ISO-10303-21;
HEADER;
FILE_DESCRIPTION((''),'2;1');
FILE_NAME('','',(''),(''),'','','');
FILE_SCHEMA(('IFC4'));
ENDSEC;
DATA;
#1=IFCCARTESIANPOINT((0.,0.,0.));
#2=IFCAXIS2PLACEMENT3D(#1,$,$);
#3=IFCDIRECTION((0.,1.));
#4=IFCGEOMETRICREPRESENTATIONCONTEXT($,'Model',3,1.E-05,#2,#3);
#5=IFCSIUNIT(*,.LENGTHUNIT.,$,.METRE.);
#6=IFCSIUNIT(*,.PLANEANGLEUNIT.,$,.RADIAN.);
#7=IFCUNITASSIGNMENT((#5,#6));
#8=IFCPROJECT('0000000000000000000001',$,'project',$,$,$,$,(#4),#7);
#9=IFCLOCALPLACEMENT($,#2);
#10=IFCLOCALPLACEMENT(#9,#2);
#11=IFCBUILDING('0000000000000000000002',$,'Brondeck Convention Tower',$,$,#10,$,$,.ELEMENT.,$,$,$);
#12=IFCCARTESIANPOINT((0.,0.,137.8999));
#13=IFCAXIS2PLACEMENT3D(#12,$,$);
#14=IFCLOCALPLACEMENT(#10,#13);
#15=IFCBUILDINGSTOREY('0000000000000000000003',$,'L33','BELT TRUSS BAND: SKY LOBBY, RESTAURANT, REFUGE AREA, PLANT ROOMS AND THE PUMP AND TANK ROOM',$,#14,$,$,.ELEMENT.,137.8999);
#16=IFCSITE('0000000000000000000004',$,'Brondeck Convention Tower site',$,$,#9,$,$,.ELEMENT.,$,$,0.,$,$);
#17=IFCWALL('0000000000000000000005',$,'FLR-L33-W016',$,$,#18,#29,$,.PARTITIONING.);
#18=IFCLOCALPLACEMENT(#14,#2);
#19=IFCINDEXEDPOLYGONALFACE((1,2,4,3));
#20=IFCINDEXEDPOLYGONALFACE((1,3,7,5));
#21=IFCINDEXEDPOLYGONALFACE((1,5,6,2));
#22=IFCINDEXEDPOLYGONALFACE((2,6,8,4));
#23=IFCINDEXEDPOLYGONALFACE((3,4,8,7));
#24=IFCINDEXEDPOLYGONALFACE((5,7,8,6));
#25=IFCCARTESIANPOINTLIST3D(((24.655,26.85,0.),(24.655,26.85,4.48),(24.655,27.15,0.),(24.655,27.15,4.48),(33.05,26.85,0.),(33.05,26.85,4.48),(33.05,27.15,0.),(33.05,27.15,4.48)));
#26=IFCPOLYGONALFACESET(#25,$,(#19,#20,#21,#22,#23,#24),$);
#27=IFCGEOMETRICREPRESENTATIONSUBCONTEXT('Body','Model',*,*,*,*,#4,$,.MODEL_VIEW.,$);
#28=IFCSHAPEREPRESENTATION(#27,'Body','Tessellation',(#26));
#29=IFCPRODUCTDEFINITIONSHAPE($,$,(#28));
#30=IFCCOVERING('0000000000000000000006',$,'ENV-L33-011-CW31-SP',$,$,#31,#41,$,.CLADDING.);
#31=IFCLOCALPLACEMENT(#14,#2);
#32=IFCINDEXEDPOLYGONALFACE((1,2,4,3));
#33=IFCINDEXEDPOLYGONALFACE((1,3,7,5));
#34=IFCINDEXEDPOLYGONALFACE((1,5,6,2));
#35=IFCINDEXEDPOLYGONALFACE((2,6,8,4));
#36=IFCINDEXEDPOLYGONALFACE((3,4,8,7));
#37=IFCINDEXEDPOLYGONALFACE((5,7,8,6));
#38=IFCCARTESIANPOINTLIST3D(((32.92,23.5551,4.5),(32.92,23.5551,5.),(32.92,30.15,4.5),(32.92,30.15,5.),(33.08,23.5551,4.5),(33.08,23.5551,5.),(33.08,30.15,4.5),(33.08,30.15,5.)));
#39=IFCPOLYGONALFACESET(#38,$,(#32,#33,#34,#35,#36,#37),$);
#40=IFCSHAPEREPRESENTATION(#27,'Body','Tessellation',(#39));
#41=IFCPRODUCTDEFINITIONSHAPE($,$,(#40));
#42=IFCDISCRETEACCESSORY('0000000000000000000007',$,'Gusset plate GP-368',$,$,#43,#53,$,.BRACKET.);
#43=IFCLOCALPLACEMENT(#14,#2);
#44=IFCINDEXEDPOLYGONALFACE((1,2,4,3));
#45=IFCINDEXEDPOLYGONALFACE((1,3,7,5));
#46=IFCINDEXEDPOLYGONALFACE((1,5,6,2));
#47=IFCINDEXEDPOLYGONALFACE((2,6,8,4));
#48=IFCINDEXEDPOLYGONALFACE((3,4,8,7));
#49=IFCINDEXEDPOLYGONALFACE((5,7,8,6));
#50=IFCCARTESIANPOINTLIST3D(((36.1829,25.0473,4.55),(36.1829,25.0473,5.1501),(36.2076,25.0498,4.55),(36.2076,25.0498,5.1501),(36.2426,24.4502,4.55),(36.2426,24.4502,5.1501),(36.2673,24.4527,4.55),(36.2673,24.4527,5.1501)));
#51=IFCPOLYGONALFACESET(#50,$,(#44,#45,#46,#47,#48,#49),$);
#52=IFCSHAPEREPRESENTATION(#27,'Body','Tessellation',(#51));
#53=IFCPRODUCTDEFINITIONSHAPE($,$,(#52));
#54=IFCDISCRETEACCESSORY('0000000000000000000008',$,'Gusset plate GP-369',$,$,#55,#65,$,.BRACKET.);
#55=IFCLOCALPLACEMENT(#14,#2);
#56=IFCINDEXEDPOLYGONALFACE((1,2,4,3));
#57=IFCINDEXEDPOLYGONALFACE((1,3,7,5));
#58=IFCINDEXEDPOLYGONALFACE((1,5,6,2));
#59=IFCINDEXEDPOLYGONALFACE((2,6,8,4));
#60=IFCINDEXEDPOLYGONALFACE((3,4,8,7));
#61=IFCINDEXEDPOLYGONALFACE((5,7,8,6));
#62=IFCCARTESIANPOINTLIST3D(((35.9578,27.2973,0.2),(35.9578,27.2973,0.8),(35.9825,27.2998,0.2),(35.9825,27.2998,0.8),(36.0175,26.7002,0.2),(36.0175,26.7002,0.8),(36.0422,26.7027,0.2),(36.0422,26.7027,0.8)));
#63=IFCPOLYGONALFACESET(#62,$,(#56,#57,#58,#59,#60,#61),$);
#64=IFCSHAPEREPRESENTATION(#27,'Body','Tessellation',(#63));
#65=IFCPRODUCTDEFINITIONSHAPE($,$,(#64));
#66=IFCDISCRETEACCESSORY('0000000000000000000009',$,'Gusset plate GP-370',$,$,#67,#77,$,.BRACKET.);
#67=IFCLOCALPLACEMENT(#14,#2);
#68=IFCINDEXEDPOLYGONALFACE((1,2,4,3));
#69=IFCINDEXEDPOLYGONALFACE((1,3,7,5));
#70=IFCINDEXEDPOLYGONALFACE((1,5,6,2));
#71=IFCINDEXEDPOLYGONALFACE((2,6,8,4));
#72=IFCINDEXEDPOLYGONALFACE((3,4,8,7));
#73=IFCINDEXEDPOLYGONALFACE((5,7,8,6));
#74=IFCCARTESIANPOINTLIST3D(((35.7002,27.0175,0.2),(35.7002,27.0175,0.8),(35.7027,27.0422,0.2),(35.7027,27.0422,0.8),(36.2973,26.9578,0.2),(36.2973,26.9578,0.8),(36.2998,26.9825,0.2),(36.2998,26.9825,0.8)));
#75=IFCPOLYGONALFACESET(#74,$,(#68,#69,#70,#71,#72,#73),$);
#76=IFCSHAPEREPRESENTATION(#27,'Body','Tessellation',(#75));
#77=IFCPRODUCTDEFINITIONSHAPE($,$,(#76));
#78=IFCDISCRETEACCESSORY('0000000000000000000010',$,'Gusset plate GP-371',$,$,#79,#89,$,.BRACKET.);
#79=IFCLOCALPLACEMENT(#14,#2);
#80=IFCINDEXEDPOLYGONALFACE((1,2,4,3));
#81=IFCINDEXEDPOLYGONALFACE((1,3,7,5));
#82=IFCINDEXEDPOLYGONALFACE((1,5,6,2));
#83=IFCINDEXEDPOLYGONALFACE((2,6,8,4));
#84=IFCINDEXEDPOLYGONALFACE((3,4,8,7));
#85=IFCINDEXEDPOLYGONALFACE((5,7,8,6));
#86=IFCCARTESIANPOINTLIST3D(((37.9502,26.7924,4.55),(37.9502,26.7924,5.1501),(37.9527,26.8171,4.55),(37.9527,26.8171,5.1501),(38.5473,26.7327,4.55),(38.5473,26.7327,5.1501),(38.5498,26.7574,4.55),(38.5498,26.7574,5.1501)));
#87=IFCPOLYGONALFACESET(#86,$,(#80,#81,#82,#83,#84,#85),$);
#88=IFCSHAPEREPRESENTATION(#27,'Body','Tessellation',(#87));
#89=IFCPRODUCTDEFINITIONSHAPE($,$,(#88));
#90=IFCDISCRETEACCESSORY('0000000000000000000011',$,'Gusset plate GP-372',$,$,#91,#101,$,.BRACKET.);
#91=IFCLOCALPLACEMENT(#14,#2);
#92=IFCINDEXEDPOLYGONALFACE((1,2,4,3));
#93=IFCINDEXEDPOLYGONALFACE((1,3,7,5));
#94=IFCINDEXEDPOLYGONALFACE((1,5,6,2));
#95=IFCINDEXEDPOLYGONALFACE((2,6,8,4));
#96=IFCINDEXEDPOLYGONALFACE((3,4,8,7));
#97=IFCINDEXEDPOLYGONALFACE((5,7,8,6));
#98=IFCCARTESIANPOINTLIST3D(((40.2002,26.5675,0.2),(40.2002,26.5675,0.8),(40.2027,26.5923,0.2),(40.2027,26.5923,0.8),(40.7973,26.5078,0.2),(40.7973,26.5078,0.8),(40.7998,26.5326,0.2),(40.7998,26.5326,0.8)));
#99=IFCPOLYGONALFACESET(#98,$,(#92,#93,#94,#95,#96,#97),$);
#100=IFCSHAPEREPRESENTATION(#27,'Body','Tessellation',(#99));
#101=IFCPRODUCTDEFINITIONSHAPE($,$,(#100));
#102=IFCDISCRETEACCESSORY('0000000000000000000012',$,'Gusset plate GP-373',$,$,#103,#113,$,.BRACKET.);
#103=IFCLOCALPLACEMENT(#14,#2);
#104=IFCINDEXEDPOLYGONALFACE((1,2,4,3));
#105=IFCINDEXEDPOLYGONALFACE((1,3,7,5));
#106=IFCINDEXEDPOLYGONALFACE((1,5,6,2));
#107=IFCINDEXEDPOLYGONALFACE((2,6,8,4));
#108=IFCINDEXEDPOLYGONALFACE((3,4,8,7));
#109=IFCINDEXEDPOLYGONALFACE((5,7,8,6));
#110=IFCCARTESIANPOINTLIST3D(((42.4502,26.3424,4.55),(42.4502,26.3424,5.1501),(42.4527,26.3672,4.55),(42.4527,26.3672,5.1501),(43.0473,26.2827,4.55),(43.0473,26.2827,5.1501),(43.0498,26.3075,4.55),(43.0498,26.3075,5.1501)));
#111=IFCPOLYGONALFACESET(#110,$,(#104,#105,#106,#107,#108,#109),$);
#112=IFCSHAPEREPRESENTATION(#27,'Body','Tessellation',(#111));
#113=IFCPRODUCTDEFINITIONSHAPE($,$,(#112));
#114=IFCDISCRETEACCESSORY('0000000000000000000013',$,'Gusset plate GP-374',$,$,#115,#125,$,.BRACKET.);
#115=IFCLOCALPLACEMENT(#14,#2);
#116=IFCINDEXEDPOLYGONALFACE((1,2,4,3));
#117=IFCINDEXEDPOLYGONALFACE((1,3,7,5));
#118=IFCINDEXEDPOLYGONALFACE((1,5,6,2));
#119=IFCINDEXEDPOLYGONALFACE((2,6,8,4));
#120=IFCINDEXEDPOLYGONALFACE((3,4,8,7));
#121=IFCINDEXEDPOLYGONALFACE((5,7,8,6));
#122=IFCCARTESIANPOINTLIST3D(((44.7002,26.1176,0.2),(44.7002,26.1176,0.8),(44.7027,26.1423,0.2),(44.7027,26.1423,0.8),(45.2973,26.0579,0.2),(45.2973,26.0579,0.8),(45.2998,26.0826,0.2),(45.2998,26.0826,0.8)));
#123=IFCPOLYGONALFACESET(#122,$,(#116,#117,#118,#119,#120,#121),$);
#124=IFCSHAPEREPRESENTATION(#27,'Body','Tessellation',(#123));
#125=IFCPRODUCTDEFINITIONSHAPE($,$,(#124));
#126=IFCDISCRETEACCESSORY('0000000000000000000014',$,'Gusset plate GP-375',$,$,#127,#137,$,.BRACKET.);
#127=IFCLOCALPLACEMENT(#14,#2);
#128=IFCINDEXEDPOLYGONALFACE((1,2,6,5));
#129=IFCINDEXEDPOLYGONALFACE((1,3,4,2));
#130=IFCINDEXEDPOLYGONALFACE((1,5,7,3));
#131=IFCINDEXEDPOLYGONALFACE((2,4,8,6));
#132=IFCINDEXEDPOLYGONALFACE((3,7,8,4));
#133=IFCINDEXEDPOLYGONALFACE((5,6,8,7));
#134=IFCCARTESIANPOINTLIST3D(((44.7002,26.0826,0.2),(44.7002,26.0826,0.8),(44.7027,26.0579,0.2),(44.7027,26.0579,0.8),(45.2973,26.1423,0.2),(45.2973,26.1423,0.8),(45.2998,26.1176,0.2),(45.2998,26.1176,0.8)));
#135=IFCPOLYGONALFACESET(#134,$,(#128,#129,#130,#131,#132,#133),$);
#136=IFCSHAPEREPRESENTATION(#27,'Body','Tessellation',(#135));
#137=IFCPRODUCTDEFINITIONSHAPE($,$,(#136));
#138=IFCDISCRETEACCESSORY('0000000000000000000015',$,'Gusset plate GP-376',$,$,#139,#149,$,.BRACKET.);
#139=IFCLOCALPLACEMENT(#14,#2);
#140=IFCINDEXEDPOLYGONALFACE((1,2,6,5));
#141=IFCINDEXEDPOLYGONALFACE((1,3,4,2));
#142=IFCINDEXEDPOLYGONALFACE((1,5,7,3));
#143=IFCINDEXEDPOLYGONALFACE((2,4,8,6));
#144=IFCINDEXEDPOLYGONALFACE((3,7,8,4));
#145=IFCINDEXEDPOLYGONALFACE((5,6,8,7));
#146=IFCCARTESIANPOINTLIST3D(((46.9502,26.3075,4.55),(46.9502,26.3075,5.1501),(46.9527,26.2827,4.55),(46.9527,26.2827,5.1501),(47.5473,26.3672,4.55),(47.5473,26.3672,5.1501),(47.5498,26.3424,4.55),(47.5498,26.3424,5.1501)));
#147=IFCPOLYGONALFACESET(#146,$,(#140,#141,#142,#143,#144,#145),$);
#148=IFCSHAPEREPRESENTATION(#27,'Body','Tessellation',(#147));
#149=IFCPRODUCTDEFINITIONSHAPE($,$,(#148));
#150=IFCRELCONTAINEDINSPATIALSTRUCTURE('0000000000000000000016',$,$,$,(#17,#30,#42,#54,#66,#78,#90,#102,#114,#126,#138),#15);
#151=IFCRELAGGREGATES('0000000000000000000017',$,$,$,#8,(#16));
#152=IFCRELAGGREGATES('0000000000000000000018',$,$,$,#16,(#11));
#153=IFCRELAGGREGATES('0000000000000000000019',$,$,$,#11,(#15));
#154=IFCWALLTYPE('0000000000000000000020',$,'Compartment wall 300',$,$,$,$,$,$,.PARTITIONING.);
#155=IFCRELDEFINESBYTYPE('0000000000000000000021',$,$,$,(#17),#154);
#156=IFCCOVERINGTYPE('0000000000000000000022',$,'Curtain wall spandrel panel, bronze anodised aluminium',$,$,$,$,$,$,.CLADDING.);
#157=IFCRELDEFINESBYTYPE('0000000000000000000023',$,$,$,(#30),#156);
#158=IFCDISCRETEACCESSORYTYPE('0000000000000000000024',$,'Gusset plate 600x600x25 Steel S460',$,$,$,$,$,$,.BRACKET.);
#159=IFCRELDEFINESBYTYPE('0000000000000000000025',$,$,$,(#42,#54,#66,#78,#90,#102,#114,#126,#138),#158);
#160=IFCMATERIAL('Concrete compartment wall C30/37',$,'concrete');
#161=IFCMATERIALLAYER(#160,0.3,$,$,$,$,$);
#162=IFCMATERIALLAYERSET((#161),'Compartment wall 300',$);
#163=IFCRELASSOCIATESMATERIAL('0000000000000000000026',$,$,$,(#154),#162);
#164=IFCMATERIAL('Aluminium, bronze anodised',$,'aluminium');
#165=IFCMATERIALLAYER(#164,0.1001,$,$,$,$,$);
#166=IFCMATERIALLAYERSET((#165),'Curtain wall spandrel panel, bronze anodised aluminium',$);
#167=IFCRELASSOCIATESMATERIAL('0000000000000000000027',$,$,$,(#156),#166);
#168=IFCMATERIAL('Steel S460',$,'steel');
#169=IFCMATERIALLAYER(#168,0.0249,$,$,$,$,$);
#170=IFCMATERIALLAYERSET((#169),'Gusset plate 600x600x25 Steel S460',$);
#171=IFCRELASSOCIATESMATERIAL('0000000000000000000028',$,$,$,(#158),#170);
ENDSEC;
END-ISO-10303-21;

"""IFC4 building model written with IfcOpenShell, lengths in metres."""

from ifc_helpers import new_model, si_unit, direction, frame, frame_2d, origin, origin_2d, place, context, subcontext, project, spatial, rectangle, extrude, material, layer, layer_set, type_object, element, save


model = new_model("IFC4")

# Units and contexts
model_context = context("Model", 3, precision=1e-05, world=origin(), true_north=direction((0.0, 1.0)))
body_context = subcontext(model_context, "Body", "Model", "MODEL_VIEW")
ifc_project = project(units=[si_unit("LENGTHUNIT", "METRE"), si_unit("PLANEANGLEUNIT", "RADIAN")], contexts=[model_context])

# Site, building, storey
site_placement = place(None, origin())
site = spatial("IfcSite", under=ifc_project, at=site_placement, Name="Brondeck Convention Tower site", CompositionType="ELEMENT", RefElevation=0.0)
building_placement = place(site_placement, origin())
building = spatial("IfcBuilding", under=site, at=building_placement, Name="Brondeck Convention Tower", CompositionType="ELEMENT")
storey_placement = place(building_placement, frame((0.0, 0.0, 137.8999)))
storey = spatial("IfcBuildingStorey", under=building, at=storey_placement, Name="L33", Description="BELT TRUSS BAND: SKY LOBBY, RESTAURANT, REFUGE AREA, PLANT ROOMS AND THE PUMP AND TANK ROOM", CompositionType="ELEMENT", Elevation=137.8999)

# Shared definitions
ifc_material_1 = material(Name="Aluminium, bronze anodised", Category="aluminium")

# Shared definitions
ifc_material_2 = material(Name="Steel S460", Category="steel")

# Wall
ifc_material_3 = material(Name="Concrete compartment wall C30/37", Category="concrete")
ifc_layer_1 = layer(ifc_material_3, 0.3)
ifc_layer_set_1 = layer_set([ifc_layer_1], Name="Compartment wall 300")
wall_type = type_object("IfcWallType", Name="Compartment wall 300", PredefinedType="PARTITIONING", material=ifc_layer_set_1)
wall_placement = place(storey_placement, frame((33.05, 27.0, 0.0), z_axis=(0.0, 0.0, 1.0), x_axis=(-1.0, 0.0, 0.0)))
element("IfcWall", 1, at=wall_placement, inside=storey, type_object=wall_type, Name="FLR-L33-W016", PredefinedType="PARTITIONING", context=body_context, shape_type="SweptSolid", body=[
    extrude(rectangle(XDim=8.395, YDim=0.3, at=frame_2d((4.1975, 0.0))), origin(), (0.0, 0.0, 1.0), 4.48),
])

# Covering
ifc_layer_2 = layer(ifc_material_1, 0.1001)
ifc_layer_set_2 = layer_set([ifc_layer_2], Name="Curtain wall spandrel panel, bronze anodised aluminium")
covering_type = type_object("IfcCoveringType", Name="Curtain wall spandrel panel, bronze anodised aluminium", PredefinedType="CLADDING", material=ifc_layer_set_2)
covering_placement = place(storey_placement, frame((33.0, 26.8525, 4.5), z_axis=(0.0, 0.0, 1.0), x_axis=(0.0, -1.0, 0.0)))
element("IfcCovering", 2, at=covering_placement, inside=storey, type_object=covering_type, Name="ENV-L33-011-CW31-SP", PredefinedType="CLADDING", context=body_context, shape_type="SweptSolid", body=[
    extrude(rectangle(XDim=6.595, YDim=0.1599, at=origin_2d()), origin(), (0.0, 0.0, 1.0), 0.5),
])

# Discrete accessories
ifc_layer_3 = layer(ifc_material_2, 0.0249)
ifc_layer_set_3 = layer_set([ifc_layer_3], Name="Gusset plate 600x600x25 Steel S460")
discrete_accessory_type = type_object("IfcDiscreteAccessoryType", Name="Gusset plate 600x600x25 Steel S460", PredefinedType="BRACKET", material=ifc_layer_set_3)
for number, where, z_axis, x_axis, name in (
    (3, (36.2251, 24.75, 4.55), (0.0, 0.0, 1.0), (-0.099511, 0.995036, 0.0), "Gusset plate GP-368"),
    (4, (36.0, 27.0, 0.2), (0.0, 0.0, 1.0), (-0.099511, 0.995036, 0.0), "Gusset plate GP-369"),
    (5, (36.0, 27.0, 0.2), (0.0, 0.0, 1.0), (-0.995036, 0.099511, 0.0), "Gusset plate GP-370"),
    (6, (38.25, 26.7749, 4.55), (0.0, 0.0, 1.0), (-0.995036, 0.099511, 0.0), "Gusset plate GP-371"),
    (7, (40.5, 26.55, 0.2), (0.0, 0.0, 1.0), (-0.995036, 0.099511, 0.0), "Gusset plate GP-372"),
    (8, (42.75, 26.325, 4.55), (0.0, 0.0, 1.0), (-0.995036, 0.099511, 0.0), "Gusset plate GP-373"),
    (9, (45.0, 26.1001, 0.2), (0.0, 0.0, 1.0), (-0.995036, 0.099511, 0.0), "Gusset plate GP-374"),
    (10, (45.0, 26.1001, 0.2), (0.0, 0.0, 1.0), (0.995036, 0.099511, 0.0), "Gusset plate GP-375"),
    (11, (47.25, 26.325, 4.55), (0.0, 0.0, 1.0), (0.995036, 0.099511, 0.0), "Gusset plate GP-376"),
):
    element("IfcDiscreteAccessory", number, at=place(storey_placement, frame(where, z_axis=z_axis, x_axis=x_axis)), inside=storey, type_object=discrete_accessory_type, Name=name, PredefinedType="BRACKET", context=body_context, shape_type="SweptSolid", body=[
        extrude(rectangle(XDim=0.6001, YDim=0.0249, at=origin_2d()), origin(), (0.0, 0.0, 1.0), 0.6001),
    ])

save(model, "model.ifc")
